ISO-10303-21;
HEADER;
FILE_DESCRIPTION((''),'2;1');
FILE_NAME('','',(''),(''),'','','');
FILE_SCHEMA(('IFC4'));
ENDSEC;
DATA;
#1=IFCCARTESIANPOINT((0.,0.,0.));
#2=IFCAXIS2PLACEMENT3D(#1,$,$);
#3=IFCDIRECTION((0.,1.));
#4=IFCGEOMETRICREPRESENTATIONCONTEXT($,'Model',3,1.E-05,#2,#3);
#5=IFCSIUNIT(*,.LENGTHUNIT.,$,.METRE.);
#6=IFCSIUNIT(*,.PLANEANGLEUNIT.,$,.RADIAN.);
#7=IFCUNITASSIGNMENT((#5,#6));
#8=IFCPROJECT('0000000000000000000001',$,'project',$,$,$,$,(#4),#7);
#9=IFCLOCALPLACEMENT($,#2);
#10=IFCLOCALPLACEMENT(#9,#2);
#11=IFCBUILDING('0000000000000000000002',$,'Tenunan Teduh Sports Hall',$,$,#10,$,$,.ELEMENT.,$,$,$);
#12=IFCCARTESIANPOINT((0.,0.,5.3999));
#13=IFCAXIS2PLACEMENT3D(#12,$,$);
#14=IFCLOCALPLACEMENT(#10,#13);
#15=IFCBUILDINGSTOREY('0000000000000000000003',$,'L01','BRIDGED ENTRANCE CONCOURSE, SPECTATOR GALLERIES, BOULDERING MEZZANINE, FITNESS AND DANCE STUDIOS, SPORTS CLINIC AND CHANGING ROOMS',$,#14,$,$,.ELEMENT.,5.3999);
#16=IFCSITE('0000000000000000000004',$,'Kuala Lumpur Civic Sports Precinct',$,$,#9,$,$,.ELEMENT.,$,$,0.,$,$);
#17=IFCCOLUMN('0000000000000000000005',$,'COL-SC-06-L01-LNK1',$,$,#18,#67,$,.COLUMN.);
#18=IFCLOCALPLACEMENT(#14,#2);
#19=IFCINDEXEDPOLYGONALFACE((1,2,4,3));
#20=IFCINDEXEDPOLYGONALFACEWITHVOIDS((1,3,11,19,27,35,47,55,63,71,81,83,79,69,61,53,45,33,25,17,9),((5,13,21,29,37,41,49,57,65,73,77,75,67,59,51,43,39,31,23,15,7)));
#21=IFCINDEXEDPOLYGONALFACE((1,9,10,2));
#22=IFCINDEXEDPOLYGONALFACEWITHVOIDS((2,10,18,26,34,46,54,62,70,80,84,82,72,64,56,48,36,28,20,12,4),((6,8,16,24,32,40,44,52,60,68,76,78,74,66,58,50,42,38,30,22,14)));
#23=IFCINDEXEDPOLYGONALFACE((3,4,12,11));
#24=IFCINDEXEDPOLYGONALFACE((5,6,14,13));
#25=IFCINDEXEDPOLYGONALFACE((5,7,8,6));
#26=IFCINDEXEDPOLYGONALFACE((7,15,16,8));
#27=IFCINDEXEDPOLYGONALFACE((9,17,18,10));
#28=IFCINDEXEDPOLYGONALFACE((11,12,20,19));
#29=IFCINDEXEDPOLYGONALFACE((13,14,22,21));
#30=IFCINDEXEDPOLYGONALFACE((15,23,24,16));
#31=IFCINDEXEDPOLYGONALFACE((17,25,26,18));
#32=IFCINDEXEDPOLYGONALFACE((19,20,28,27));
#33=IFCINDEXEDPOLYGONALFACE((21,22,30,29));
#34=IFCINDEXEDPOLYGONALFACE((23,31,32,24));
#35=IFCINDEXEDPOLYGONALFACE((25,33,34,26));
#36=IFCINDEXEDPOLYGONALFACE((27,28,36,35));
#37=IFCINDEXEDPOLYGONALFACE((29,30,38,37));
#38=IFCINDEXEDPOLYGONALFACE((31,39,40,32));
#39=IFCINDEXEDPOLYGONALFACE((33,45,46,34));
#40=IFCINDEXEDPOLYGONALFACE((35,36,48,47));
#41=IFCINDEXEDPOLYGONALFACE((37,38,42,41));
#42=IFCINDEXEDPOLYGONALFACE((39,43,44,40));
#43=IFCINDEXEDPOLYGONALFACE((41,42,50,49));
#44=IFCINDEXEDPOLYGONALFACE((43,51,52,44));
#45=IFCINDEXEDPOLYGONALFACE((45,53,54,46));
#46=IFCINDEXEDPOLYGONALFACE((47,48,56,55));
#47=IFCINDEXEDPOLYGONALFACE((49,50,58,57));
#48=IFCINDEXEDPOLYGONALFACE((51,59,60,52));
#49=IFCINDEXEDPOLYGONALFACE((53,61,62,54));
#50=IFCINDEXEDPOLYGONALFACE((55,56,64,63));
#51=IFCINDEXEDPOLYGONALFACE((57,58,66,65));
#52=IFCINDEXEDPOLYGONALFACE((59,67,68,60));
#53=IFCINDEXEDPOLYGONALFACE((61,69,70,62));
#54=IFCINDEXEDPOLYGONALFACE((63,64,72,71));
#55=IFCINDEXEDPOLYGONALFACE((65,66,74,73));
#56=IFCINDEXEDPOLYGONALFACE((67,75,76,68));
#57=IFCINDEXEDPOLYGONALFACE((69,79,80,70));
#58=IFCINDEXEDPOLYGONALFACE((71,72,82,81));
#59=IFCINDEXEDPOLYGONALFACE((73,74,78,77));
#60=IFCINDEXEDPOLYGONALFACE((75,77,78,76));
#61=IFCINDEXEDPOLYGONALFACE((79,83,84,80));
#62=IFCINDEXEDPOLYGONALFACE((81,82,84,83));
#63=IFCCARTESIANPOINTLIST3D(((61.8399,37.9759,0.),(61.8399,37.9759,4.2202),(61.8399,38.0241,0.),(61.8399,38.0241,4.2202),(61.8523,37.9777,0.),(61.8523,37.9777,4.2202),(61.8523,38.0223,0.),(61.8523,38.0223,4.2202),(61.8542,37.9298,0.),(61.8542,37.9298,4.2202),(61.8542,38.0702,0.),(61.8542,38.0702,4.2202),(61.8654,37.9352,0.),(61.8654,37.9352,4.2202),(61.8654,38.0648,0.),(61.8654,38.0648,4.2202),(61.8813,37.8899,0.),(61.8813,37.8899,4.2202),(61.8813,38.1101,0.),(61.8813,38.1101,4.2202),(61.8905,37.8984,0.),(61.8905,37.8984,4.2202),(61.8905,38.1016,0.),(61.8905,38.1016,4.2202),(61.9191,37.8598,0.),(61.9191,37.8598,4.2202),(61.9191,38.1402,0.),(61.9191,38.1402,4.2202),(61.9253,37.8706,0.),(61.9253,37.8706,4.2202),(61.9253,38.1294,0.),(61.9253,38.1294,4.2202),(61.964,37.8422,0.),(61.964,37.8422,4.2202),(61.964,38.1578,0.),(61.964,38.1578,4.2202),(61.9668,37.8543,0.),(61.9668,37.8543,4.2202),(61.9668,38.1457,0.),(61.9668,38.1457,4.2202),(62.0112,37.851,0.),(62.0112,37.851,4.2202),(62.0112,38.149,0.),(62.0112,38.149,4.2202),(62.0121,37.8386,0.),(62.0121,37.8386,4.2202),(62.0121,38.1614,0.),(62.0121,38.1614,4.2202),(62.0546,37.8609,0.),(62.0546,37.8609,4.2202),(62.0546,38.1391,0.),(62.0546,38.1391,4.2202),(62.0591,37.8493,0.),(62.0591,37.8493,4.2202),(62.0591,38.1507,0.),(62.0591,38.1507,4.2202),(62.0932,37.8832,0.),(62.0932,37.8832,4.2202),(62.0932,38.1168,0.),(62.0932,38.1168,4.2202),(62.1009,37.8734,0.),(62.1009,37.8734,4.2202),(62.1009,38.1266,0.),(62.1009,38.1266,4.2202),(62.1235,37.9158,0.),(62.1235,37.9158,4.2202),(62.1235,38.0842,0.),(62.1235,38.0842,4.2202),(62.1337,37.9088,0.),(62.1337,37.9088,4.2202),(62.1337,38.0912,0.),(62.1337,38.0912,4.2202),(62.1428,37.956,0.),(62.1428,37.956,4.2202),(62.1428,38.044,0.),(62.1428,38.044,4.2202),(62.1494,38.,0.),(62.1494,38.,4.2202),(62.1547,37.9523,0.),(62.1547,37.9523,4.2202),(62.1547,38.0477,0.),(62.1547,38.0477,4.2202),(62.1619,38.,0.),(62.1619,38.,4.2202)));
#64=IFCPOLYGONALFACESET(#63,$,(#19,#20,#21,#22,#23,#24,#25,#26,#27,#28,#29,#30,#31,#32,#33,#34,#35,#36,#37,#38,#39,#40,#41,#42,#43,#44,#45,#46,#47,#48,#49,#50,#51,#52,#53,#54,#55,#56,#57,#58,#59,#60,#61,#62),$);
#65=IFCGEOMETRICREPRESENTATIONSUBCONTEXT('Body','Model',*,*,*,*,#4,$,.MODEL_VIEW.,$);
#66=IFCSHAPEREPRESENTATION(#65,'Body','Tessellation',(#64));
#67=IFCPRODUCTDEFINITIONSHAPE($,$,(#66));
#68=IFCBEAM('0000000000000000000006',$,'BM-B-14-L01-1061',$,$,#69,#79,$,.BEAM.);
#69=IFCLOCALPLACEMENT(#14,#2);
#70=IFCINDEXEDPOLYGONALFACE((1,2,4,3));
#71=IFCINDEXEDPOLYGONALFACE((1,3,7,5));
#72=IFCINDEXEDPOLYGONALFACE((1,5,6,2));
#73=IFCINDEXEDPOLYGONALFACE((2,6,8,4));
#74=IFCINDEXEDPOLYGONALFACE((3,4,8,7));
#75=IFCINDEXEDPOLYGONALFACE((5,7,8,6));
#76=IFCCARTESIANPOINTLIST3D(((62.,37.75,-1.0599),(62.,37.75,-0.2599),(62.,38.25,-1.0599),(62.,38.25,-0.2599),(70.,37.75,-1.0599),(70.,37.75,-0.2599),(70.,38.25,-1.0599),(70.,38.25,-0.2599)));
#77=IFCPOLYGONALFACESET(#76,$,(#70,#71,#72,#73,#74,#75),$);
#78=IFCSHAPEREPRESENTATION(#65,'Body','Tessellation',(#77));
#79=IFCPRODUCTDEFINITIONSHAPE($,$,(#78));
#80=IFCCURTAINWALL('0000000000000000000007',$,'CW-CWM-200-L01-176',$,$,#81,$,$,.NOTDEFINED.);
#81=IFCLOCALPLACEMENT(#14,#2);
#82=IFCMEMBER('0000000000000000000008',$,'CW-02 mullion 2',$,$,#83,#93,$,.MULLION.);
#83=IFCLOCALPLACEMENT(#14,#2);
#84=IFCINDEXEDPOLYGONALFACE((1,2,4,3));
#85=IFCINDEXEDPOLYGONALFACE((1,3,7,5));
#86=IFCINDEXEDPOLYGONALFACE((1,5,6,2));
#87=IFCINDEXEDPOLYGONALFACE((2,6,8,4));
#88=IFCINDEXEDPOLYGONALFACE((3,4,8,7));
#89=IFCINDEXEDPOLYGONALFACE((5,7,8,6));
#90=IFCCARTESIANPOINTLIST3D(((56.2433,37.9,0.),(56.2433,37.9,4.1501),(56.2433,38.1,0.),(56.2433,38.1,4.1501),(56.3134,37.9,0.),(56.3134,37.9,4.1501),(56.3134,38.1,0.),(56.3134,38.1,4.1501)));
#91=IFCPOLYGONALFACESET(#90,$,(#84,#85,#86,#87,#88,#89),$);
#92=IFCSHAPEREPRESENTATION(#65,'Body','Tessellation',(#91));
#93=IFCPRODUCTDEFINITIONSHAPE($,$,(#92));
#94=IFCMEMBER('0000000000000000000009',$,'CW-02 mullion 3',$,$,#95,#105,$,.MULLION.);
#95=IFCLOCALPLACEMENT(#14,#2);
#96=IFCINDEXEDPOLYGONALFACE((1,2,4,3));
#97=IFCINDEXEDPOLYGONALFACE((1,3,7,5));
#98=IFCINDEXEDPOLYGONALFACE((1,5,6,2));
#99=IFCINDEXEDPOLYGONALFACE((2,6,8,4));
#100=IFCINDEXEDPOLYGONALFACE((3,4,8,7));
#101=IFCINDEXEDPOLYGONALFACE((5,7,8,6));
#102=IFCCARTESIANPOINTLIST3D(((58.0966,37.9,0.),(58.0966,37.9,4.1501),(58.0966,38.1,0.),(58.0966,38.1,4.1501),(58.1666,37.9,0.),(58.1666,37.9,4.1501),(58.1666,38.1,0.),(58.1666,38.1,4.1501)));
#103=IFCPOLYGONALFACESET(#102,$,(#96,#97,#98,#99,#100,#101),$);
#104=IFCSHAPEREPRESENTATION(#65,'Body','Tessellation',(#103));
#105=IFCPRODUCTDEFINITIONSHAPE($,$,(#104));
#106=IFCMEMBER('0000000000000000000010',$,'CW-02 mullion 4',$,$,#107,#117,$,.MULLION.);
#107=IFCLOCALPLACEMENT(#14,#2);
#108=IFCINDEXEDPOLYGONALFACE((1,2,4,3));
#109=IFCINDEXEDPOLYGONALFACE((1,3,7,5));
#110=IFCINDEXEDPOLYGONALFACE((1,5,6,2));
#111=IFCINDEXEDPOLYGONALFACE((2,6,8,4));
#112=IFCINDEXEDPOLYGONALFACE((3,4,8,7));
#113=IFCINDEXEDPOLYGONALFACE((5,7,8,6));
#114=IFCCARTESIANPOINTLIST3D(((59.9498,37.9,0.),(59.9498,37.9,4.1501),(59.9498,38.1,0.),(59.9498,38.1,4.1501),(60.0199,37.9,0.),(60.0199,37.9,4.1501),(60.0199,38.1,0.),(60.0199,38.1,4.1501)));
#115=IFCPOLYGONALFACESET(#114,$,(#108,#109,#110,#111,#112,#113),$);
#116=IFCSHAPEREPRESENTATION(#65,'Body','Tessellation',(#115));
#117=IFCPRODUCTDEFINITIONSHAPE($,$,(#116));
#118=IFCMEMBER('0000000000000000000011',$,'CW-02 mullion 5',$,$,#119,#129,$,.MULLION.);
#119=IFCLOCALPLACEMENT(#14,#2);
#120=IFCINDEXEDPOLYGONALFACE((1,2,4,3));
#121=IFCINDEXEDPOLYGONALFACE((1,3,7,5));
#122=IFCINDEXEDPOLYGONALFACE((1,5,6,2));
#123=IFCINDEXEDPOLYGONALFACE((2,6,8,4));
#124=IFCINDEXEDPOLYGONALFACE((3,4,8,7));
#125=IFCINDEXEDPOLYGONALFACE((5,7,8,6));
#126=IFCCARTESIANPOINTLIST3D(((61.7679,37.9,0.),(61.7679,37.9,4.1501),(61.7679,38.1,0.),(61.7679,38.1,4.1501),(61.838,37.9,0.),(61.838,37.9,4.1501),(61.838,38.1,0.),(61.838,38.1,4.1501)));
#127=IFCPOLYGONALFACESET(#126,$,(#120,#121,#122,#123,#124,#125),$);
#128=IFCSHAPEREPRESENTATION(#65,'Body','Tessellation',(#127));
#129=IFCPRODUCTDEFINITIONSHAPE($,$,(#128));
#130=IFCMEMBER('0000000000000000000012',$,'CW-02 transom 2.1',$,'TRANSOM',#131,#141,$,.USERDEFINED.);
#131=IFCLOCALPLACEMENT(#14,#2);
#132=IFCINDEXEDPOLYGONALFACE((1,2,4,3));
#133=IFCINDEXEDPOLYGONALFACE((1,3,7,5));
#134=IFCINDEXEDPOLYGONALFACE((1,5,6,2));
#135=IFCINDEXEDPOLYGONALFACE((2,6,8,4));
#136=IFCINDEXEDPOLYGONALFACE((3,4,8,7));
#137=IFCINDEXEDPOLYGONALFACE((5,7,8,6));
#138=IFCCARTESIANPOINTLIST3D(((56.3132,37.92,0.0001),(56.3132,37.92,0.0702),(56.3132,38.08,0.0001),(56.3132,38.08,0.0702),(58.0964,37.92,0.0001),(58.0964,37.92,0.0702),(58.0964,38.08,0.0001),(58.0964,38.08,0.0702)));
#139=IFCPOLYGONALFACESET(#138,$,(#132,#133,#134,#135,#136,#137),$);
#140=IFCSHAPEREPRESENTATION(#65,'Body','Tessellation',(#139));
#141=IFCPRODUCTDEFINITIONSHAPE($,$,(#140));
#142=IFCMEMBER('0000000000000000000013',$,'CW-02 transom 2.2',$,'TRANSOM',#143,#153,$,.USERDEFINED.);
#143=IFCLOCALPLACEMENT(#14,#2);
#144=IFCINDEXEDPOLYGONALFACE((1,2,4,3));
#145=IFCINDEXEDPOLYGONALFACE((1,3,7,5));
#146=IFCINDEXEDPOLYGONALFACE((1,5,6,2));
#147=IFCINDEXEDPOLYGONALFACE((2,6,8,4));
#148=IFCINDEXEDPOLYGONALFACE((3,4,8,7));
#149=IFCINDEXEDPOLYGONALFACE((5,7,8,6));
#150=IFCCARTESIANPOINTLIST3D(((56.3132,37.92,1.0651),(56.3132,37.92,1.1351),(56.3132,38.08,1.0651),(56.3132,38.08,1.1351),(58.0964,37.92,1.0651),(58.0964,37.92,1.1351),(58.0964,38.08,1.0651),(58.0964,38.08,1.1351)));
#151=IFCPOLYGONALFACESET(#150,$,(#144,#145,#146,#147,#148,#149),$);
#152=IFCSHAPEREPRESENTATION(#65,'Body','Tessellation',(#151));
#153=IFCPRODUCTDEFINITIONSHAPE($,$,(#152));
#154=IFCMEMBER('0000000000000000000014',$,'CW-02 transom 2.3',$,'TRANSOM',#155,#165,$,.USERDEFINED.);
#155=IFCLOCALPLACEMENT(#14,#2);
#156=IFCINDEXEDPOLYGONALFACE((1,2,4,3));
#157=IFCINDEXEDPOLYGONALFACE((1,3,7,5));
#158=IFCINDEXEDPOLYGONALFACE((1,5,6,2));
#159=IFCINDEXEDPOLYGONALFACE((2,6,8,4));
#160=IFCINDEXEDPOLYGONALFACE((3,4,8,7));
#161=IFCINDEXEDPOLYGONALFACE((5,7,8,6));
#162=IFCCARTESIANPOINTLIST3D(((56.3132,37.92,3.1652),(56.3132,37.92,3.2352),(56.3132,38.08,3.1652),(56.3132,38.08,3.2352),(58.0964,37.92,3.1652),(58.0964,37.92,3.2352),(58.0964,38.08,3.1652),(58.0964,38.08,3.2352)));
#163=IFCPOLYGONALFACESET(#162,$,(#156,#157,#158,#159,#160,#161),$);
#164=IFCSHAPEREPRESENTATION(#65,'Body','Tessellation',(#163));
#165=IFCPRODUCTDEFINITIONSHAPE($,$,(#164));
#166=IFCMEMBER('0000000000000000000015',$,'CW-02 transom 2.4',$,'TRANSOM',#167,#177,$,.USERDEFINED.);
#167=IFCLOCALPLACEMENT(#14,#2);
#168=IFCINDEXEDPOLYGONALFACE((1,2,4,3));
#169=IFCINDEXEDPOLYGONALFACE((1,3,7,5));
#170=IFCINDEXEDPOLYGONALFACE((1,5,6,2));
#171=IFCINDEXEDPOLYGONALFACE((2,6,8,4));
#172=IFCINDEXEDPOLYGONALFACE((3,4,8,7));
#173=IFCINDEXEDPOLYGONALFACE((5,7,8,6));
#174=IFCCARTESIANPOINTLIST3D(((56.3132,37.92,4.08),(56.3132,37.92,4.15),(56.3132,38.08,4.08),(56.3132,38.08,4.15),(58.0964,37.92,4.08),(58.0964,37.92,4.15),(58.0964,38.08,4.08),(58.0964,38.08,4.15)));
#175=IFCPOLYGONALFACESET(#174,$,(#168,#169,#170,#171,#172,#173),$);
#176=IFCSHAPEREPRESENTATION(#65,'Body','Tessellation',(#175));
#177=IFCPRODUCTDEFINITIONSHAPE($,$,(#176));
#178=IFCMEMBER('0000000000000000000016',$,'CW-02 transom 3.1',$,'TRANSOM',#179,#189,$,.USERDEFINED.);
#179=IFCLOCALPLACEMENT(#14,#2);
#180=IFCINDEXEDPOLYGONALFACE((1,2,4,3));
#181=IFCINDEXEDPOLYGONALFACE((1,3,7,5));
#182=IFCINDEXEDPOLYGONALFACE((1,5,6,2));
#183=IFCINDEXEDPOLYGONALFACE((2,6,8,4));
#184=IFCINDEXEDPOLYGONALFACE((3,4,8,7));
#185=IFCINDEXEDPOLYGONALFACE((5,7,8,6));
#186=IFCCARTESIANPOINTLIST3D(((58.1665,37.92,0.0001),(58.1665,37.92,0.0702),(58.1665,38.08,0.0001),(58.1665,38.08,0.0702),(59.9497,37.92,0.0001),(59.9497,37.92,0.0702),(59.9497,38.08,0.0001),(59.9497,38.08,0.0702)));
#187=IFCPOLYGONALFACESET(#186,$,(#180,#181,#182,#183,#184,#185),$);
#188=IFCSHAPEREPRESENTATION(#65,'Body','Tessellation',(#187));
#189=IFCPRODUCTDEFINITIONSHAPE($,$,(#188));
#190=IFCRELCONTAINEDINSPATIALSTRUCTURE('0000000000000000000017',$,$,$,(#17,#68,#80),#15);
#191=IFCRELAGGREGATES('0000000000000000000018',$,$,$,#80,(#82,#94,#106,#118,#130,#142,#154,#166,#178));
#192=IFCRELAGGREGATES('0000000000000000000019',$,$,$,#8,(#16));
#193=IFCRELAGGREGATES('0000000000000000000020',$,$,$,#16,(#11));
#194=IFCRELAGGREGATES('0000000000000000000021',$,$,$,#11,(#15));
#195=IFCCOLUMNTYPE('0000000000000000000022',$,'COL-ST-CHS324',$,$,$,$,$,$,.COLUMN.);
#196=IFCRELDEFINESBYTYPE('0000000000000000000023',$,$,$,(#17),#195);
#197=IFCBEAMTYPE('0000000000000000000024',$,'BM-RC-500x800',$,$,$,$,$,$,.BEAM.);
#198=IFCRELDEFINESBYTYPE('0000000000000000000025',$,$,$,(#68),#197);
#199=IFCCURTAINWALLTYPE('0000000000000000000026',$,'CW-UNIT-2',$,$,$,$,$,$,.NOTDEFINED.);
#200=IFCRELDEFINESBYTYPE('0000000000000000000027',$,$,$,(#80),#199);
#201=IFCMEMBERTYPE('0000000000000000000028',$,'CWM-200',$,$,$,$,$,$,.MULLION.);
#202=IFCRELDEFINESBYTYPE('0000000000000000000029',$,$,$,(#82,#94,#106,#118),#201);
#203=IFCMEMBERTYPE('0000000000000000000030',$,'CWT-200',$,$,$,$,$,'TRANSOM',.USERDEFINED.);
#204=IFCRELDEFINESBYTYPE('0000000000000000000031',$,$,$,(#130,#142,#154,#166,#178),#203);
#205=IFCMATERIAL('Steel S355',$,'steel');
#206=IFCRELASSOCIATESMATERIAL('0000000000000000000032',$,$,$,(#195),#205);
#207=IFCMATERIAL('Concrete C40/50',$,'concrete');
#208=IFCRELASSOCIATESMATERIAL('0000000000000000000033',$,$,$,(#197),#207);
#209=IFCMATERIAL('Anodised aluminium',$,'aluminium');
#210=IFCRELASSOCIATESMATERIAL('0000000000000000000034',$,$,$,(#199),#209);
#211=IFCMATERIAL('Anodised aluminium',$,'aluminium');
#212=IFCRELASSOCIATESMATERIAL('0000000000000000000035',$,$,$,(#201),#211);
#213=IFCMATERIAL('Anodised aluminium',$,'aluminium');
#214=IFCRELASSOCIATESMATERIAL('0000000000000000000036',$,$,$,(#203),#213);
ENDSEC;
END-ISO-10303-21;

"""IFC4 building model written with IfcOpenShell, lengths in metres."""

from ifc_helpers import new_model, si_unit, direction, frame, origin, origin_2d, place, context, subcontext, project, spatial, rectangle, hollow_circle, extrude, material, material_profile, profile_set, type_object, element, aggregate, save


model = new_model("IFC4")

# Units and contexts
model_context = context("Model", 3, precision=1e-05, world=origin(), true_north=direction((0.0, 1.0)))
body_context = subcontext(model_context, "Body", "Model", "MODEL_VIEW")
ifc_project = project(units=[si_unit("LENGTHUNIT", "METRE"), si_unit("PLANEANGLEUNIT", "RADIAN")], contexts=[model_context])

# Site, building, storey
site_placement = place(None, origin())
site = spatial("IfcSite", under=ifc_project, at=site_placement, Name="Kuala Lumpur Civic Sports Precinct", CompositionType="ELEMENT", RefElevation=0.0)
building_placement = place(site_placement, origin())
building = spatial("IfcBuilding", under=site, at=building_placement, Name="Tenunan Teduh Sports Hall", CompositionType="ELEMENT")
storey_placement = place(building_placement, frame((0.0, 0.0, 5.3999)))
storey = spatial("IfcBuildingStorey", under=building, at=storey_placement, Name="L01", Description="BRIDGED ENTRANCE CONCOURSE, SPECTATOR GALLERIES, BOULDERING MEZZANINE, FITNESS AND DANCE STUDIOS, SPORTS CLINIC AND CHANGING ROOMS", CompositionType="ELEMENT", Elevation=5.3999)

# Column
ifc_material_1 = material(Name="Steel S355", Category="steel")
ifc_material_profile_1 = material_profile(ifc_material_1, hollow_circle(Radius=0.1619, WallThickness=0.0125, at=origin_2d()), Name="CHS 323.9x12.5")
ifc_profile_set_1 = profile_set([ifc_material_profile_1], Name="Steel S355")
column_type = type_object("IfcColumnType", Name="COL-ST-CHS324", PredefinedType="COLUMN", material=ifc_profile_set_1)
column_placement = place(storey_placement, frame((62.0, 38.0, 0.0), z_axis=(0.0, 0.0, 1.0), x_axis=(1.0, 0.0, 0.0)))
element("IfcColumn", 1, at=column_placement, inside=storey, type_object=column_type, Name="COL-SC-06-L01-LNK1", PredefinedType="COLUMN", context=body_context, shape_type="SweptSolid", body=[
    extrude(hollow_circle(Radius=0.1619, WallThickness=0.0125, at=origin_2d()), origin(), (0.0, 0.0, 1.0), 4.2202),
])

# Beam
ifc_material_2 = material(Name="Concrete C40/50", Category="concrete")
ifc_material_profile_2 = material_profile(ifc_material_2, rectangle(XDim=0.5, YDim=0.8, at=origin_2d()), Name="RCB 500x800")
ifc_profile_set_2 = profile_set([ifc_material_profile_2], Name="Concrete C40/50")
beam_type_1 = type_object("IfcBeamType", Name="BM-RC-500x800", PredefinedType="BEAM", material=ifc_profile_set_2)
beam_1_placement = place(storey_placement, frame((62.0, 38.0, -0.6599), z_axis=(1.0, 0.0, 0.0), x_axis=(0.0, 1.0, 0.0)))
element("IfcBeam", 2, at=beam_1_placement, inside=storey, type_object=beam_type_1, Name="BM-B-14-L01-1061", PredefinedType="BEAM", context=body_context, shape_type="SweptSolid", body=[
    extrude(rectangle(XDim=0.5, YDim=0.8, at=origin_2d()), origin(), (0.0, 0.0, 1.0), 8.0),
])

# Curtain wall, members
ifc_material_3 = material(Name="Anodised aluminium", Category="aluminium")
curtain_wall_type = type_object("IfcCurtainWallType", Name="CW-UNIT-2", PredefinedType="NOTDEFINED", material=ifc_material_3)
curtain_wall_placement = place(storey_placement, origin())
curtain_wall = element("IfcCurtainWall", 3, at=curtain_wall_placement, inside=storey, type_object=curtain_wall_type, Name="CW-CWM-200-L01-176", PredefinedType="NOTDEFINED")
ifc_material_4 = material(Name="Anodised aluminium", Category="aluminium")
ifc_material_profile_3 = material_profile(ifc_material_4, rectangle(XDim=0.0701, YDim=0.2, at=origin_2d()), Name="CWM 70x200")
ifc_profile_set_3 = profile_set([ifc_material_profile_3], Name="Anodised aluminium")
member_type_1 = type_object("IfcMemberType", Name="CWM-200", PredefinedType="MULLION", material=ifc_profile_set_3)
member_1_placement = place(storey_placement, frame((56.2783, 38.0, 0.0), z_axis=(0.0, 0.0, 1.0), x_axis=(1.0, 0.0, 0.0)))
member_1 = element("IfcMember", 4, at=member_1_placement, type_object=member_type_1, Name="CW-02 mullion 2", PredefinedType="MULLION", context=body_context, shape_type="SweptSolid", body=[
    extrude(rectangle(XDim=0.0701, YDim=0.2, at=origin_2d()), origin(), (0.0, 0.0, 1.0), 4.1501),
])
member_2_placement = place(storey_placement, frame((58.1316, 38.0, 0.0), z_axis=(0.0, 0.0, 1.0), x_axis=(1.0, 0.0, 0.0)))
member_2 = element("IfcMember", 5, at=member_2_placement, type_object=member_type_1, Name="CW-02 mullion 3", PredefinedType="MULLION", context=body_context, shape_type="SweptSolid", body=[
    extrude(rectangle(XDim=0.0701, YDim=0.2, at=origin_2d()), origin(), (0.0, 0.0, 1.0), 4.1501),
])
member_3_placement = place(storey_placement, frame((59.9849, 38.0, 0.0), z_axis=(0.0, 0.0, 1.0), x_axis=(1.0, 0.0, 0.0)))
member_3 = element("IfcMember", 6, at=member_3_placement, type_object=member_type_1, Name="CW-02 mullion 4", PredefinedType="MULLION", context=body_context, shape_type="SweptSolid", body=[
    extrude(rectangle(XDim=0.0701, YDim=0.2, at=origin_2d()), origin(), (0.0, 0.0, 1.0), 4.1501),
])
member_4_placement = place(storey_placement, frame((61.803, 38.0, 0.0), z_axis=(0.0, 0.0, 1.0), x_axis=(1.0, 0.0, 0.0)))
member_4 = element("IfcMember", 7, at=member_4_placement, type_object=member_type_1, Name="CW-02 mullion 5", PredefinedType="MULLION", context=body_context, shape_type="SweptSolid", body=[
    extrude(rectangle(XDim=0.0701, YDim=0.2, at=origin_2d()), origin(), (0.0, 0.0, 1.0), 4.1501),
])
ifc_material_5 = material(Name="Anodised aluminium", Category="aluminium")
ifc_material_profile_4 = material_profile(ifc_material_5, rectangle(XDim=0.0701, YDim=0.1599, at=origin_2d()), Name="CWT 70x160")
ifc_profile_set_4 = profile_set([ifc_material_profile_4], Name="Anodised aluminium")
member_type_2 = type_object("IfcMemberType", Name="CWT-200", ElementType="TRANSOM", PredefinedType="USERDEFINED", material=ifc_profile_set_4)
member_5_placement = place(storey_placement, frame((56.3132, 38.0, 0.0352), z_axis=(1.0, 0.0, 0.0), x_axis=(0.0, 0.0, 1.0)))
member_5 = element("IfcMember", 8, at=member_5_placement, type_object=member_type_2, Name="CW-02 transom 2.1", ObjectType="TRANSOM", PredefinedType="USERDEFINED", context=body_context, shape_type="SweptSolid", body=[
    extrude(rectangle(XDim=0.0701, YDim=0.1599, at=origin_2d()), origin(), (0.0, 0.0, 1.0), 1.7832),
])
member_6_placement = place(storey_placement, frame((56.3132, 38.0, 1.1001), z_axis=(1.0, 0.0, 0.0), x_axis=(0.0, 0.0, 1.0)))
member_6 = element("IfcMember", 9, at=member_6_placement, type_object=member_type_2, Name="CW-02 transom 2.2", ObjectType="TRANSOM", PredefinedType="USERDEFINED", context=body_context, shape_type="SweptSolid", body=[
    extrude(rectangle(XDim=0.0701, YDim=0.1599, at=origin_2d()), origin(), (0.0, 0.0, 1.0), 1.7832),
])
member_7_placement = place(storey_placement, frame((56.3132, 38.0, 3.2002), z_axis=(1.0, 0.0, 0.0), x_axis=(0.0, 0.0, 1.0)))
member_7 = element("IfcMember", 10, at=member_7_placement, type_object=member_type_2, Name="CW-02 transom 2.3", ObjectType="TRANSOM", PredefinedType="USERDEFINED", context=body_context, shape_type="SweptSolid", body=[
    extrude(rectangle(XDim=0.0701, YDim=0.1599, at=origin_2d()), origin(), (0.0, 0.0, 1.0), 1.7832),
])
member_8_placement = place(storey_placement, frame((56.3132, 38.0, 4.115), z_axis=(1.0, 0.0, 0.0), x_axis=(0.0, 0.0, 1.0)))
member_8 = element("IfcMember", 11, at=member_8_placement, type_object=member_type_2, Name="CW-02 transom 2.4", ObjectType="TRANSOM", PredefinedType="USERDEFINED", context=body_context, shape_type="SweptSolid", body=[
    extrude(rectangle(XDim=0.0701, YDim=0.1599, at=origin_2d()), origin(), (0.0, 0.0, 1.0), 1.7832),
])
member_9_placement = place(storey_placement, frame((58.1665, 38.0, 0.0352), z_axis=(1.0, 0.0, 0.0), x_axis=(0.0, 0.0, 1.0)))
member_9 = element("IfcMember", 12, at=member_9_placement, type_object=member_type_2, Name="CW-02 transom 3.1", ObjectType="TRANSOM", PredefinedType="USERDEFINED", context=body_context, shape_type="SweptSolid", body=[
    extrude(rectangle(XDim=0.0701, YDim=0.1599, at=origin_2d()), origin(), (0.0, 0.0, 1.0), 1.7832),
])

aggregate(curtain_wall, [member_1, member_2, member_3, member_4, member_5, member_6, member_7, member_8, member_9])

save(model, "model.ifc")
